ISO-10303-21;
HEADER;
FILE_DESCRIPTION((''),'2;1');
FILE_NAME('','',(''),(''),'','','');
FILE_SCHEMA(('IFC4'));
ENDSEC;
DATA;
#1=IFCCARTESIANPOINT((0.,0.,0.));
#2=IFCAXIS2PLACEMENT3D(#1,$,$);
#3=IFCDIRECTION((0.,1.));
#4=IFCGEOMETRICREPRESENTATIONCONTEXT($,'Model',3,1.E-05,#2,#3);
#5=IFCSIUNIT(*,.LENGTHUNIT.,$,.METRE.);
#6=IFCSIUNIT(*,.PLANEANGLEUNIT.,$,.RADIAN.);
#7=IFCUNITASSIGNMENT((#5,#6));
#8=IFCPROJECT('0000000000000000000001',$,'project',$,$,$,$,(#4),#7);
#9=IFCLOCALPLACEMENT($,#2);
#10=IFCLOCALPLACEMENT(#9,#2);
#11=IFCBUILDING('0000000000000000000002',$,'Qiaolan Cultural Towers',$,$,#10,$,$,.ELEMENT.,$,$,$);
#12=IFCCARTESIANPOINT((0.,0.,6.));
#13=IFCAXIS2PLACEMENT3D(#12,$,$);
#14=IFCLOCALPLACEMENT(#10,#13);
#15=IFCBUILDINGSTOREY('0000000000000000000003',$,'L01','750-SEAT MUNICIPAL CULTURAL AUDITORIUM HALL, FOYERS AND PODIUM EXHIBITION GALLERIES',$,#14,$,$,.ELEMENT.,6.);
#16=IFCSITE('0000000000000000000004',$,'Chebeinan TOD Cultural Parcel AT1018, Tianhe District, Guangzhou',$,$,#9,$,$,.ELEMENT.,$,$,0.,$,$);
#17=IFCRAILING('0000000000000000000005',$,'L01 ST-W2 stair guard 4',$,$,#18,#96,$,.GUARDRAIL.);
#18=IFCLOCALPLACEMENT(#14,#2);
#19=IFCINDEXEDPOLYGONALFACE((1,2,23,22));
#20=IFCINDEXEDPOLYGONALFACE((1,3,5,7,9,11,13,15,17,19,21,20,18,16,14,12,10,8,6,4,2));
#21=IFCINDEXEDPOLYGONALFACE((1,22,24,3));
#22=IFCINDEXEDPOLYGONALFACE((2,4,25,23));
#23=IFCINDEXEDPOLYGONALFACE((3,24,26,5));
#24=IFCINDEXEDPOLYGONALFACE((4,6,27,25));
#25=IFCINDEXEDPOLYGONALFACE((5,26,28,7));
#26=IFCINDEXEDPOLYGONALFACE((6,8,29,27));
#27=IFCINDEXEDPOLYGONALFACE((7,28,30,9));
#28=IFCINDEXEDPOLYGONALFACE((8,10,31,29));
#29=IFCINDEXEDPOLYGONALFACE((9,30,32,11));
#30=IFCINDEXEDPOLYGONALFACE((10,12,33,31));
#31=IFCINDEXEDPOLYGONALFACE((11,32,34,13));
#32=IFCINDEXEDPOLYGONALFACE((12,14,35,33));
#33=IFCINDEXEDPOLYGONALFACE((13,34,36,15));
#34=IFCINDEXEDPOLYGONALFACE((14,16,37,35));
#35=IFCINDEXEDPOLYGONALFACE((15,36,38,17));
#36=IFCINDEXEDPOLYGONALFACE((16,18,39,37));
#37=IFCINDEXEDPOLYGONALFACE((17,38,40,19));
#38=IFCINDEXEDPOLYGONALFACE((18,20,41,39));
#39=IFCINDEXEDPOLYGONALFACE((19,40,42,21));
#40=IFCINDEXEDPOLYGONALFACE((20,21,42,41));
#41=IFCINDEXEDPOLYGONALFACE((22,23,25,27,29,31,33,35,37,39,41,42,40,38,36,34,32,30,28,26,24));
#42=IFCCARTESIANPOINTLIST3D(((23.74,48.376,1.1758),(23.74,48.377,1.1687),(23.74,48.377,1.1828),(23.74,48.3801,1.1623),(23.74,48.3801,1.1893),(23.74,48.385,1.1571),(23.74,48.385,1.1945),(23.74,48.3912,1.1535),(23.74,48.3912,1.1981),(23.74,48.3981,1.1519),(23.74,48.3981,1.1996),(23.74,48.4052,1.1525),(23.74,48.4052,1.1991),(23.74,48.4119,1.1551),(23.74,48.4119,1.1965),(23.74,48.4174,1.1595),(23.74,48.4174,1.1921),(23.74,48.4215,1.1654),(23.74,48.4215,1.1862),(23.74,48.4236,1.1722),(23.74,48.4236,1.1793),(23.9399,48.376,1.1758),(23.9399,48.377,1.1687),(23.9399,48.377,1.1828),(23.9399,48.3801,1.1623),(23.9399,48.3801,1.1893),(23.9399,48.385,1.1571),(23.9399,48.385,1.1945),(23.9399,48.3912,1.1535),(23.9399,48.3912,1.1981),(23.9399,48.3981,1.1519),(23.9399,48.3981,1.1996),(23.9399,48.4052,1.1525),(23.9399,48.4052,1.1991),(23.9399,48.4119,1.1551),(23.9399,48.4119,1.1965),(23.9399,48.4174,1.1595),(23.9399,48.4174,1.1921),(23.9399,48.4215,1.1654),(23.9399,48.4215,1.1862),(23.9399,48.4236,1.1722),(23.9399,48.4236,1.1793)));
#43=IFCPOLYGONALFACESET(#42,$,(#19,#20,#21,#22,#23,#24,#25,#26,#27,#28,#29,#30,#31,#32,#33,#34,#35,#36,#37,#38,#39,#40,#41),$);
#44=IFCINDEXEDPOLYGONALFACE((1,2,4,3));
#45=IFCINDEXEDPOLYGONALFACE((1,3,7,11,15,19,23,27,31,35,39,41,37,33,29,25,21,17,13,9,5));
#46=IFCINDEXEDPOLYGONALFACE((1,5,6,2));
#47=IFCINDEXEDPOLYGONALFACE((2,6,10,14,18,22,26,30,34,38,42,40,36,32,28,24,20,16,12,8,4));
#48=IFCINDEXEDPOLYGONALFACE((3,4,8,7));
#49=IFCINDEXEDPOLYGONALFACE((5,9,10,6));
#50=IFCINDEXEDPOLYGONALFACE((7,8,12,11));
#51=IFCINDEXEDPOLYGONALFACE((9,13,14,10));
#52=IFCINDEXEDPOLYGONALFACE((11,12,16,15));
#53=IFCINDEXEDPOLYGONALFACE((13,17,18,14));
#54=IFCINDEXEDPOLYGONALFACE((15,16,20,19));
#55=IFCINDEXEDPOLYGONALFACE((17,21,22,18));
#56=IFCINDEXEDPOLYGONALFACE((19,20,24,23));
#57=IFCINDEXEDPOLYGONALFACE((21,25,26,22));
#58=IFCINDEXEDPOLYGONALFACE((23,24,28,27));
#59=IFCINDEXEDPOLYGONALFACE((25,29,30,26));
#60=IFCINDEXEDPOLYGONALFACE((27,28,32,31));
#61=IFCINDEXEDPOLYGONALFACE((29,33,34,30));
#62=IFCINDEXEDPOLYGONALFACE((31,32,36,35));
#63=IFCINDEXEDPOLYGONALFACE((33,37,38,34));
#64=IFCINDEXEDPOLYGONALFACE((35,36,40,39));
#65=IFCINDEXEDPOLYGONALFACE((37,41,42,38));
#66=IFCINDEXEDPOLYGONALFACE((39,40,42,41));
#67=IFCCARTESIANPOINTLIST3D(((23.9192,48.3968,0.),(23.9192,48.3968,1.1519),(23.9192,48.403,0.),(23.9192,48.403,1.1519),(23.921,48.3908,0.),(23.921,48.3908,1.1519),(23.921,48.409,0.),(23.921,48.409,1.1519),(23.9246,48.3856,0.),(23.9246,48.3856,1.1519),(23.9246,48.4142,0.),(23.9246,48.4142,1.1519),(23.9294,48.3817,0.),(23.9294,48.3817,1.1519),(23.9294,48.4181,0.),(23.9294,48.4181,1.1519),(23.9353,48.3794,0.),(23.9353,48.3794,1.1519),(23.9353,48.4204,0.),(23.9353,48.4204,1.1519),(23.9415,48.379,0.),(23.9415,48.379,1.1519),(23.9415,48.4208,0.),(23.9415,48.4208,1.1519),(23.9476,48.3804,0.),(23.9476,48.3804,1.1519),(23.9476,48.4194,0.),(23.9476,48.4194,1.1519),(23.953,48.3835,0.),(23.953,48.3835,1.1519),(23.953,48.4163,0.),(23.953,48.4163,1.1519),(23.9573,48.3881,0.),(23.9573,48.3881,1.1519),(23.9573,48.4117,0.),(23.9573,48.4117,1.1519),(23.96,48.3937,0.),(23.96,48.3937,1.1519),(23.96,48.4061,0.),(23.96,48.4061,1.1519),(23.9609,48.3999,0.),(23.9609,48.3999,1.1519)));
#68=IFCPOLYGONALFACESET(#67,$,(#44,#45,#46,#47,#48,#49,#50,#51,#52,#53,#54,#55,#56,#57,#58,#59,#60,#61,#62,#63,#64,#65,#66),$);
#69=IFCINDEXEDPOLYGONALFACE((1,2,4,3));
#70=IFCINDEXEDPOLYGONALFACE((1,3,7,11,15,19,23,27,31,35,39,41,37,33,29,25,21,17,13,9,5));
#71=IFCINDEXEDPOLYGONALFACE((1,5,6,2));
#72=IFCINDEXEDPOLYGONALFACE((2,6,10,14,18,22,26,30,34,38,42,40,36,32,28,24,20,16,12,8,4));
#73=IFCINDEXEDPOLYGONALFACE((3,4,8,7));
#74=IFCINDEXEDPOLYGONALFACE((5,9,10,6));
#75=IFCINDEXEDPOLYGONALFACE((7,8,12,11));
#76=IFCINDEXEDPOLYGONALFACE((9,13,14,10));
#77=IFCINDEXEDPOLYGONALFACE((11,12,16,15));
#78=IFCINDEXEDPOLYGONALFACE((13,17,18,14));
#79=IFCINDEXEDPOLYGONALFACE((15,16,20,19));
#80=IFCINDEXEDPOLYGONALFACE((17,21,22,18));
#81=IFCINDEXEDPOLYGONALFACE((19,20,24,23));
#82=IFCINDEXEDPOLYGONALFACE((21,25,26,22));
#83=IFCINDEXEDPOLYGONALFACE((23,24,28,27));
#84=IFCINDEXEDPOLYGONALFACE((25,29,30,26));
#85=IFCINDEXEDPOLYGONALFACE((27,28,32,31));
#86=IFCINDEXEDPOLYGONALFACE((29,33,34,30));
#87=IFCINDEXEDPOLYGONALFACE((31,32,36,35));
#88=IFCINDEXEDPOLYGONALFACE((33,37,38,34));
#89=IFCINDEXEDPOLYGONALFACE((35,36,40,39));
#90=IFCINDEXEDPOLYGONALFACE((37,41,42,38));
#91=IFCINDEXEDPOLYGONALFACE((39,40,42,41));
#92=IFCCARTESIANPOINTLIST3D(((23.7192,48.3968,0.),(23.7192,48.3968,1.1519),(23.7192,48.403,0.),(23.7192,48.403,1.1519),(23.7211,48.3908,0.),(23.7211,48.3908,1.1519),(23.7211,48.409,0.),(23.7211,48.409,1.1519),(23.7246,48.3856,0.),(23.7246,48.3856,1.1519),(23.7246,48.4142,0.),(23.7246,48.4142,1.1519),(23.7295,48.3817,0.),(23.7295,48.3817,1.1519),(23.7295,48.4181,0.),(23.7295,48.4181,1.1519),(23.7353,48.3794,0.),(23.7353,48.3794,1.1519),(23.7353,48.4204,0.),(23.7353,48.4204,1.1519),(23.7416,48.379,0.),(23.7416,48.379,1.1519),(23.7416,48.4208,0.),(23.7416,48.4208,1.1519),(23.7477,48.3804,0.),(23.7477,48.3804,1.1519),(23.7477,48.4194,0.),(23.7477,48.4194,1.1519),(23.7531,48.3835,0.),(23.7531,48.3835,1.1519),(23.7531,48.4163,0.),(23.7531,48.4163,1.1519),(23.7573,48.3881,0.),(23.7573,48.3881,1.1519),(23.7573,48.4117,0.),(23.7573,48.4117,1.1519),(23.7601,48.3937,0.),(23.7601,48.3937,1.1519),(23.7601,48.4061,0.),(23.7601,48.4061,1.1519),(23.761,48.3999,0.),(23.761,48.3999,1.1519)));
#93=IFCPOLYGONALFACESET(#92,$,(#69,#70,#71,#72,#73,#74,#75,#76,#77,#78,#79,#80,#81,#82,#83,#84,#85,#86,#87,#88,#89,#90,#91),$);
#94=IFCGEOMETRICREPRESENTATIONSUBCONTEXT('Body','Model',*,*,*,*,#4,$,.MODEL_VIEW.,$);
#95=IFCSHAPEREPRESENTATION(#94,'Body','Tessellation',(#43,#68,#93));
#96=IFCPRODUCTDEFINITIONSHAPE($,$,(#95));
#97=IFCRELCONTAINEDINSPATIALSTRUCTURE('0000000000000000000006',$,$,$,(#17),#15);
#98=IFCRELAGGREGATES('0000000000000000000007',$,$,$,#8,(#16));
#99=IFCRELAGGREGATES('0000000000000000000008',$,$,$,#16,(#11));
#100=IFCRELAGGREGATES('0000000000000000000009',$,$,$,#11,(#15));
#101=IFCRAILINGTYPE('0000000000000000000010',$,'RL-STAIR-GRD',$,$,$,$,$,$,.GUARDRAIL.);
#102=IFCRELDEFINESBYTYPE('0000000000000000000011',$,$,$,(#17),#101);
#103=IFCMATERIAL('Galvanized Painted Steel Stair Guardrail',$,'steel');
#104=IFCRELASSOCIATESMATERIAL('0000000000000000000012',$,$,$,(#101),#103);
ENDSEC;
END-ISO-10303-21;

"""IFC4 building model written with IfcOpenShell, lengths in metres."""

from ifc_helpers import new_model, si_unit, direction, frame, origin, origin_2d, place, context, subcontext, project, spatial, circle, extrude, material, type_object, element, save


model = new_model("IFC4")

# Units and contexts
model_context = context("Model", 3, precision=1e-05, world=origin(), true_north=direction((0.0, 1.0)))
body_context = subcontext(model_context, "Body", "Model", "MODEL_VIEW")
ifc_project = project(units=[si_unit("LENGTHUNIT", "METRE"), si_unit("PLANEANGLEUNIT", "RADIAN")], contexts=[model_context])

# Site, building, storey
site_placement = place(None, origin())
site = spatial("IfcSite", under=ifc_project, at=site_placement, Name="Chebeinan TOD Cultural Parcel AT1018, Tianhe District, Guangzhou", CompositionType="ELEMENT", RefElevation=0.0)
building_placement = place(site_placement, origin())
building = spatial("IfcBuilding", under=site, at=building_placement, Name="Qiaolan Cultural Towers", CompositionType="ELEMENT")
storey_placement = place(building_placement, frame((0.0, 0.0, 6.0)))
storey = spatial("IfcBuildingStorey", under=building, at=storey_placement, Name="L01", Description="750-SEAT MUNICIPAL CULTURAL AUDITORIUM HALL, FOYERS AND PODIUM EXHIBITION GALLERIES", CompositionType="ELEMENT", Elevation=6.0)

# Railing
ifc_material_1 = material(Name="Galvanized Painted Steel Stair Guardrail", Category="steel")
railing_type_1 = type_object("IfcRailingType", Name="RL-STAIR-GRD", PredefinedType="GUARDRAIL", material=ifc_material_1)
railing_1_placement = place(storey_placement, frame((23.9399, 48.3999, 0.0)))
element("IfcRailing", 1, at=railing_1_placement, inside=storey, type_object=railing_type_1, Name="L01 ST-W2 stair guard 4", PredefinedType="GUARDRAIL", context=body_context, shape_type="SweptSolid", body=[
    extrude(circle(Radius=0.0239, at=origin_2d()), frame((0.0, 0.0, 1.1758), z_axis=(-1.0, 0.0, 0.0), x_axis=(0.0, -1.0, 0.0)), (0.0, 0.0, 1.0), 0.2),
    extrude(circle(Radius=0.021, at=origin_2d()), origin(), (0.0, 0.0, 1.0), 1.1519),
    extrude(circle(Radius=0.021, at=origin_2d()), frame((-0.2, 0.0, 0.0)), (0.0, 0.0, 1.0), 1.1519),
])

save(model, "model.ifc")
